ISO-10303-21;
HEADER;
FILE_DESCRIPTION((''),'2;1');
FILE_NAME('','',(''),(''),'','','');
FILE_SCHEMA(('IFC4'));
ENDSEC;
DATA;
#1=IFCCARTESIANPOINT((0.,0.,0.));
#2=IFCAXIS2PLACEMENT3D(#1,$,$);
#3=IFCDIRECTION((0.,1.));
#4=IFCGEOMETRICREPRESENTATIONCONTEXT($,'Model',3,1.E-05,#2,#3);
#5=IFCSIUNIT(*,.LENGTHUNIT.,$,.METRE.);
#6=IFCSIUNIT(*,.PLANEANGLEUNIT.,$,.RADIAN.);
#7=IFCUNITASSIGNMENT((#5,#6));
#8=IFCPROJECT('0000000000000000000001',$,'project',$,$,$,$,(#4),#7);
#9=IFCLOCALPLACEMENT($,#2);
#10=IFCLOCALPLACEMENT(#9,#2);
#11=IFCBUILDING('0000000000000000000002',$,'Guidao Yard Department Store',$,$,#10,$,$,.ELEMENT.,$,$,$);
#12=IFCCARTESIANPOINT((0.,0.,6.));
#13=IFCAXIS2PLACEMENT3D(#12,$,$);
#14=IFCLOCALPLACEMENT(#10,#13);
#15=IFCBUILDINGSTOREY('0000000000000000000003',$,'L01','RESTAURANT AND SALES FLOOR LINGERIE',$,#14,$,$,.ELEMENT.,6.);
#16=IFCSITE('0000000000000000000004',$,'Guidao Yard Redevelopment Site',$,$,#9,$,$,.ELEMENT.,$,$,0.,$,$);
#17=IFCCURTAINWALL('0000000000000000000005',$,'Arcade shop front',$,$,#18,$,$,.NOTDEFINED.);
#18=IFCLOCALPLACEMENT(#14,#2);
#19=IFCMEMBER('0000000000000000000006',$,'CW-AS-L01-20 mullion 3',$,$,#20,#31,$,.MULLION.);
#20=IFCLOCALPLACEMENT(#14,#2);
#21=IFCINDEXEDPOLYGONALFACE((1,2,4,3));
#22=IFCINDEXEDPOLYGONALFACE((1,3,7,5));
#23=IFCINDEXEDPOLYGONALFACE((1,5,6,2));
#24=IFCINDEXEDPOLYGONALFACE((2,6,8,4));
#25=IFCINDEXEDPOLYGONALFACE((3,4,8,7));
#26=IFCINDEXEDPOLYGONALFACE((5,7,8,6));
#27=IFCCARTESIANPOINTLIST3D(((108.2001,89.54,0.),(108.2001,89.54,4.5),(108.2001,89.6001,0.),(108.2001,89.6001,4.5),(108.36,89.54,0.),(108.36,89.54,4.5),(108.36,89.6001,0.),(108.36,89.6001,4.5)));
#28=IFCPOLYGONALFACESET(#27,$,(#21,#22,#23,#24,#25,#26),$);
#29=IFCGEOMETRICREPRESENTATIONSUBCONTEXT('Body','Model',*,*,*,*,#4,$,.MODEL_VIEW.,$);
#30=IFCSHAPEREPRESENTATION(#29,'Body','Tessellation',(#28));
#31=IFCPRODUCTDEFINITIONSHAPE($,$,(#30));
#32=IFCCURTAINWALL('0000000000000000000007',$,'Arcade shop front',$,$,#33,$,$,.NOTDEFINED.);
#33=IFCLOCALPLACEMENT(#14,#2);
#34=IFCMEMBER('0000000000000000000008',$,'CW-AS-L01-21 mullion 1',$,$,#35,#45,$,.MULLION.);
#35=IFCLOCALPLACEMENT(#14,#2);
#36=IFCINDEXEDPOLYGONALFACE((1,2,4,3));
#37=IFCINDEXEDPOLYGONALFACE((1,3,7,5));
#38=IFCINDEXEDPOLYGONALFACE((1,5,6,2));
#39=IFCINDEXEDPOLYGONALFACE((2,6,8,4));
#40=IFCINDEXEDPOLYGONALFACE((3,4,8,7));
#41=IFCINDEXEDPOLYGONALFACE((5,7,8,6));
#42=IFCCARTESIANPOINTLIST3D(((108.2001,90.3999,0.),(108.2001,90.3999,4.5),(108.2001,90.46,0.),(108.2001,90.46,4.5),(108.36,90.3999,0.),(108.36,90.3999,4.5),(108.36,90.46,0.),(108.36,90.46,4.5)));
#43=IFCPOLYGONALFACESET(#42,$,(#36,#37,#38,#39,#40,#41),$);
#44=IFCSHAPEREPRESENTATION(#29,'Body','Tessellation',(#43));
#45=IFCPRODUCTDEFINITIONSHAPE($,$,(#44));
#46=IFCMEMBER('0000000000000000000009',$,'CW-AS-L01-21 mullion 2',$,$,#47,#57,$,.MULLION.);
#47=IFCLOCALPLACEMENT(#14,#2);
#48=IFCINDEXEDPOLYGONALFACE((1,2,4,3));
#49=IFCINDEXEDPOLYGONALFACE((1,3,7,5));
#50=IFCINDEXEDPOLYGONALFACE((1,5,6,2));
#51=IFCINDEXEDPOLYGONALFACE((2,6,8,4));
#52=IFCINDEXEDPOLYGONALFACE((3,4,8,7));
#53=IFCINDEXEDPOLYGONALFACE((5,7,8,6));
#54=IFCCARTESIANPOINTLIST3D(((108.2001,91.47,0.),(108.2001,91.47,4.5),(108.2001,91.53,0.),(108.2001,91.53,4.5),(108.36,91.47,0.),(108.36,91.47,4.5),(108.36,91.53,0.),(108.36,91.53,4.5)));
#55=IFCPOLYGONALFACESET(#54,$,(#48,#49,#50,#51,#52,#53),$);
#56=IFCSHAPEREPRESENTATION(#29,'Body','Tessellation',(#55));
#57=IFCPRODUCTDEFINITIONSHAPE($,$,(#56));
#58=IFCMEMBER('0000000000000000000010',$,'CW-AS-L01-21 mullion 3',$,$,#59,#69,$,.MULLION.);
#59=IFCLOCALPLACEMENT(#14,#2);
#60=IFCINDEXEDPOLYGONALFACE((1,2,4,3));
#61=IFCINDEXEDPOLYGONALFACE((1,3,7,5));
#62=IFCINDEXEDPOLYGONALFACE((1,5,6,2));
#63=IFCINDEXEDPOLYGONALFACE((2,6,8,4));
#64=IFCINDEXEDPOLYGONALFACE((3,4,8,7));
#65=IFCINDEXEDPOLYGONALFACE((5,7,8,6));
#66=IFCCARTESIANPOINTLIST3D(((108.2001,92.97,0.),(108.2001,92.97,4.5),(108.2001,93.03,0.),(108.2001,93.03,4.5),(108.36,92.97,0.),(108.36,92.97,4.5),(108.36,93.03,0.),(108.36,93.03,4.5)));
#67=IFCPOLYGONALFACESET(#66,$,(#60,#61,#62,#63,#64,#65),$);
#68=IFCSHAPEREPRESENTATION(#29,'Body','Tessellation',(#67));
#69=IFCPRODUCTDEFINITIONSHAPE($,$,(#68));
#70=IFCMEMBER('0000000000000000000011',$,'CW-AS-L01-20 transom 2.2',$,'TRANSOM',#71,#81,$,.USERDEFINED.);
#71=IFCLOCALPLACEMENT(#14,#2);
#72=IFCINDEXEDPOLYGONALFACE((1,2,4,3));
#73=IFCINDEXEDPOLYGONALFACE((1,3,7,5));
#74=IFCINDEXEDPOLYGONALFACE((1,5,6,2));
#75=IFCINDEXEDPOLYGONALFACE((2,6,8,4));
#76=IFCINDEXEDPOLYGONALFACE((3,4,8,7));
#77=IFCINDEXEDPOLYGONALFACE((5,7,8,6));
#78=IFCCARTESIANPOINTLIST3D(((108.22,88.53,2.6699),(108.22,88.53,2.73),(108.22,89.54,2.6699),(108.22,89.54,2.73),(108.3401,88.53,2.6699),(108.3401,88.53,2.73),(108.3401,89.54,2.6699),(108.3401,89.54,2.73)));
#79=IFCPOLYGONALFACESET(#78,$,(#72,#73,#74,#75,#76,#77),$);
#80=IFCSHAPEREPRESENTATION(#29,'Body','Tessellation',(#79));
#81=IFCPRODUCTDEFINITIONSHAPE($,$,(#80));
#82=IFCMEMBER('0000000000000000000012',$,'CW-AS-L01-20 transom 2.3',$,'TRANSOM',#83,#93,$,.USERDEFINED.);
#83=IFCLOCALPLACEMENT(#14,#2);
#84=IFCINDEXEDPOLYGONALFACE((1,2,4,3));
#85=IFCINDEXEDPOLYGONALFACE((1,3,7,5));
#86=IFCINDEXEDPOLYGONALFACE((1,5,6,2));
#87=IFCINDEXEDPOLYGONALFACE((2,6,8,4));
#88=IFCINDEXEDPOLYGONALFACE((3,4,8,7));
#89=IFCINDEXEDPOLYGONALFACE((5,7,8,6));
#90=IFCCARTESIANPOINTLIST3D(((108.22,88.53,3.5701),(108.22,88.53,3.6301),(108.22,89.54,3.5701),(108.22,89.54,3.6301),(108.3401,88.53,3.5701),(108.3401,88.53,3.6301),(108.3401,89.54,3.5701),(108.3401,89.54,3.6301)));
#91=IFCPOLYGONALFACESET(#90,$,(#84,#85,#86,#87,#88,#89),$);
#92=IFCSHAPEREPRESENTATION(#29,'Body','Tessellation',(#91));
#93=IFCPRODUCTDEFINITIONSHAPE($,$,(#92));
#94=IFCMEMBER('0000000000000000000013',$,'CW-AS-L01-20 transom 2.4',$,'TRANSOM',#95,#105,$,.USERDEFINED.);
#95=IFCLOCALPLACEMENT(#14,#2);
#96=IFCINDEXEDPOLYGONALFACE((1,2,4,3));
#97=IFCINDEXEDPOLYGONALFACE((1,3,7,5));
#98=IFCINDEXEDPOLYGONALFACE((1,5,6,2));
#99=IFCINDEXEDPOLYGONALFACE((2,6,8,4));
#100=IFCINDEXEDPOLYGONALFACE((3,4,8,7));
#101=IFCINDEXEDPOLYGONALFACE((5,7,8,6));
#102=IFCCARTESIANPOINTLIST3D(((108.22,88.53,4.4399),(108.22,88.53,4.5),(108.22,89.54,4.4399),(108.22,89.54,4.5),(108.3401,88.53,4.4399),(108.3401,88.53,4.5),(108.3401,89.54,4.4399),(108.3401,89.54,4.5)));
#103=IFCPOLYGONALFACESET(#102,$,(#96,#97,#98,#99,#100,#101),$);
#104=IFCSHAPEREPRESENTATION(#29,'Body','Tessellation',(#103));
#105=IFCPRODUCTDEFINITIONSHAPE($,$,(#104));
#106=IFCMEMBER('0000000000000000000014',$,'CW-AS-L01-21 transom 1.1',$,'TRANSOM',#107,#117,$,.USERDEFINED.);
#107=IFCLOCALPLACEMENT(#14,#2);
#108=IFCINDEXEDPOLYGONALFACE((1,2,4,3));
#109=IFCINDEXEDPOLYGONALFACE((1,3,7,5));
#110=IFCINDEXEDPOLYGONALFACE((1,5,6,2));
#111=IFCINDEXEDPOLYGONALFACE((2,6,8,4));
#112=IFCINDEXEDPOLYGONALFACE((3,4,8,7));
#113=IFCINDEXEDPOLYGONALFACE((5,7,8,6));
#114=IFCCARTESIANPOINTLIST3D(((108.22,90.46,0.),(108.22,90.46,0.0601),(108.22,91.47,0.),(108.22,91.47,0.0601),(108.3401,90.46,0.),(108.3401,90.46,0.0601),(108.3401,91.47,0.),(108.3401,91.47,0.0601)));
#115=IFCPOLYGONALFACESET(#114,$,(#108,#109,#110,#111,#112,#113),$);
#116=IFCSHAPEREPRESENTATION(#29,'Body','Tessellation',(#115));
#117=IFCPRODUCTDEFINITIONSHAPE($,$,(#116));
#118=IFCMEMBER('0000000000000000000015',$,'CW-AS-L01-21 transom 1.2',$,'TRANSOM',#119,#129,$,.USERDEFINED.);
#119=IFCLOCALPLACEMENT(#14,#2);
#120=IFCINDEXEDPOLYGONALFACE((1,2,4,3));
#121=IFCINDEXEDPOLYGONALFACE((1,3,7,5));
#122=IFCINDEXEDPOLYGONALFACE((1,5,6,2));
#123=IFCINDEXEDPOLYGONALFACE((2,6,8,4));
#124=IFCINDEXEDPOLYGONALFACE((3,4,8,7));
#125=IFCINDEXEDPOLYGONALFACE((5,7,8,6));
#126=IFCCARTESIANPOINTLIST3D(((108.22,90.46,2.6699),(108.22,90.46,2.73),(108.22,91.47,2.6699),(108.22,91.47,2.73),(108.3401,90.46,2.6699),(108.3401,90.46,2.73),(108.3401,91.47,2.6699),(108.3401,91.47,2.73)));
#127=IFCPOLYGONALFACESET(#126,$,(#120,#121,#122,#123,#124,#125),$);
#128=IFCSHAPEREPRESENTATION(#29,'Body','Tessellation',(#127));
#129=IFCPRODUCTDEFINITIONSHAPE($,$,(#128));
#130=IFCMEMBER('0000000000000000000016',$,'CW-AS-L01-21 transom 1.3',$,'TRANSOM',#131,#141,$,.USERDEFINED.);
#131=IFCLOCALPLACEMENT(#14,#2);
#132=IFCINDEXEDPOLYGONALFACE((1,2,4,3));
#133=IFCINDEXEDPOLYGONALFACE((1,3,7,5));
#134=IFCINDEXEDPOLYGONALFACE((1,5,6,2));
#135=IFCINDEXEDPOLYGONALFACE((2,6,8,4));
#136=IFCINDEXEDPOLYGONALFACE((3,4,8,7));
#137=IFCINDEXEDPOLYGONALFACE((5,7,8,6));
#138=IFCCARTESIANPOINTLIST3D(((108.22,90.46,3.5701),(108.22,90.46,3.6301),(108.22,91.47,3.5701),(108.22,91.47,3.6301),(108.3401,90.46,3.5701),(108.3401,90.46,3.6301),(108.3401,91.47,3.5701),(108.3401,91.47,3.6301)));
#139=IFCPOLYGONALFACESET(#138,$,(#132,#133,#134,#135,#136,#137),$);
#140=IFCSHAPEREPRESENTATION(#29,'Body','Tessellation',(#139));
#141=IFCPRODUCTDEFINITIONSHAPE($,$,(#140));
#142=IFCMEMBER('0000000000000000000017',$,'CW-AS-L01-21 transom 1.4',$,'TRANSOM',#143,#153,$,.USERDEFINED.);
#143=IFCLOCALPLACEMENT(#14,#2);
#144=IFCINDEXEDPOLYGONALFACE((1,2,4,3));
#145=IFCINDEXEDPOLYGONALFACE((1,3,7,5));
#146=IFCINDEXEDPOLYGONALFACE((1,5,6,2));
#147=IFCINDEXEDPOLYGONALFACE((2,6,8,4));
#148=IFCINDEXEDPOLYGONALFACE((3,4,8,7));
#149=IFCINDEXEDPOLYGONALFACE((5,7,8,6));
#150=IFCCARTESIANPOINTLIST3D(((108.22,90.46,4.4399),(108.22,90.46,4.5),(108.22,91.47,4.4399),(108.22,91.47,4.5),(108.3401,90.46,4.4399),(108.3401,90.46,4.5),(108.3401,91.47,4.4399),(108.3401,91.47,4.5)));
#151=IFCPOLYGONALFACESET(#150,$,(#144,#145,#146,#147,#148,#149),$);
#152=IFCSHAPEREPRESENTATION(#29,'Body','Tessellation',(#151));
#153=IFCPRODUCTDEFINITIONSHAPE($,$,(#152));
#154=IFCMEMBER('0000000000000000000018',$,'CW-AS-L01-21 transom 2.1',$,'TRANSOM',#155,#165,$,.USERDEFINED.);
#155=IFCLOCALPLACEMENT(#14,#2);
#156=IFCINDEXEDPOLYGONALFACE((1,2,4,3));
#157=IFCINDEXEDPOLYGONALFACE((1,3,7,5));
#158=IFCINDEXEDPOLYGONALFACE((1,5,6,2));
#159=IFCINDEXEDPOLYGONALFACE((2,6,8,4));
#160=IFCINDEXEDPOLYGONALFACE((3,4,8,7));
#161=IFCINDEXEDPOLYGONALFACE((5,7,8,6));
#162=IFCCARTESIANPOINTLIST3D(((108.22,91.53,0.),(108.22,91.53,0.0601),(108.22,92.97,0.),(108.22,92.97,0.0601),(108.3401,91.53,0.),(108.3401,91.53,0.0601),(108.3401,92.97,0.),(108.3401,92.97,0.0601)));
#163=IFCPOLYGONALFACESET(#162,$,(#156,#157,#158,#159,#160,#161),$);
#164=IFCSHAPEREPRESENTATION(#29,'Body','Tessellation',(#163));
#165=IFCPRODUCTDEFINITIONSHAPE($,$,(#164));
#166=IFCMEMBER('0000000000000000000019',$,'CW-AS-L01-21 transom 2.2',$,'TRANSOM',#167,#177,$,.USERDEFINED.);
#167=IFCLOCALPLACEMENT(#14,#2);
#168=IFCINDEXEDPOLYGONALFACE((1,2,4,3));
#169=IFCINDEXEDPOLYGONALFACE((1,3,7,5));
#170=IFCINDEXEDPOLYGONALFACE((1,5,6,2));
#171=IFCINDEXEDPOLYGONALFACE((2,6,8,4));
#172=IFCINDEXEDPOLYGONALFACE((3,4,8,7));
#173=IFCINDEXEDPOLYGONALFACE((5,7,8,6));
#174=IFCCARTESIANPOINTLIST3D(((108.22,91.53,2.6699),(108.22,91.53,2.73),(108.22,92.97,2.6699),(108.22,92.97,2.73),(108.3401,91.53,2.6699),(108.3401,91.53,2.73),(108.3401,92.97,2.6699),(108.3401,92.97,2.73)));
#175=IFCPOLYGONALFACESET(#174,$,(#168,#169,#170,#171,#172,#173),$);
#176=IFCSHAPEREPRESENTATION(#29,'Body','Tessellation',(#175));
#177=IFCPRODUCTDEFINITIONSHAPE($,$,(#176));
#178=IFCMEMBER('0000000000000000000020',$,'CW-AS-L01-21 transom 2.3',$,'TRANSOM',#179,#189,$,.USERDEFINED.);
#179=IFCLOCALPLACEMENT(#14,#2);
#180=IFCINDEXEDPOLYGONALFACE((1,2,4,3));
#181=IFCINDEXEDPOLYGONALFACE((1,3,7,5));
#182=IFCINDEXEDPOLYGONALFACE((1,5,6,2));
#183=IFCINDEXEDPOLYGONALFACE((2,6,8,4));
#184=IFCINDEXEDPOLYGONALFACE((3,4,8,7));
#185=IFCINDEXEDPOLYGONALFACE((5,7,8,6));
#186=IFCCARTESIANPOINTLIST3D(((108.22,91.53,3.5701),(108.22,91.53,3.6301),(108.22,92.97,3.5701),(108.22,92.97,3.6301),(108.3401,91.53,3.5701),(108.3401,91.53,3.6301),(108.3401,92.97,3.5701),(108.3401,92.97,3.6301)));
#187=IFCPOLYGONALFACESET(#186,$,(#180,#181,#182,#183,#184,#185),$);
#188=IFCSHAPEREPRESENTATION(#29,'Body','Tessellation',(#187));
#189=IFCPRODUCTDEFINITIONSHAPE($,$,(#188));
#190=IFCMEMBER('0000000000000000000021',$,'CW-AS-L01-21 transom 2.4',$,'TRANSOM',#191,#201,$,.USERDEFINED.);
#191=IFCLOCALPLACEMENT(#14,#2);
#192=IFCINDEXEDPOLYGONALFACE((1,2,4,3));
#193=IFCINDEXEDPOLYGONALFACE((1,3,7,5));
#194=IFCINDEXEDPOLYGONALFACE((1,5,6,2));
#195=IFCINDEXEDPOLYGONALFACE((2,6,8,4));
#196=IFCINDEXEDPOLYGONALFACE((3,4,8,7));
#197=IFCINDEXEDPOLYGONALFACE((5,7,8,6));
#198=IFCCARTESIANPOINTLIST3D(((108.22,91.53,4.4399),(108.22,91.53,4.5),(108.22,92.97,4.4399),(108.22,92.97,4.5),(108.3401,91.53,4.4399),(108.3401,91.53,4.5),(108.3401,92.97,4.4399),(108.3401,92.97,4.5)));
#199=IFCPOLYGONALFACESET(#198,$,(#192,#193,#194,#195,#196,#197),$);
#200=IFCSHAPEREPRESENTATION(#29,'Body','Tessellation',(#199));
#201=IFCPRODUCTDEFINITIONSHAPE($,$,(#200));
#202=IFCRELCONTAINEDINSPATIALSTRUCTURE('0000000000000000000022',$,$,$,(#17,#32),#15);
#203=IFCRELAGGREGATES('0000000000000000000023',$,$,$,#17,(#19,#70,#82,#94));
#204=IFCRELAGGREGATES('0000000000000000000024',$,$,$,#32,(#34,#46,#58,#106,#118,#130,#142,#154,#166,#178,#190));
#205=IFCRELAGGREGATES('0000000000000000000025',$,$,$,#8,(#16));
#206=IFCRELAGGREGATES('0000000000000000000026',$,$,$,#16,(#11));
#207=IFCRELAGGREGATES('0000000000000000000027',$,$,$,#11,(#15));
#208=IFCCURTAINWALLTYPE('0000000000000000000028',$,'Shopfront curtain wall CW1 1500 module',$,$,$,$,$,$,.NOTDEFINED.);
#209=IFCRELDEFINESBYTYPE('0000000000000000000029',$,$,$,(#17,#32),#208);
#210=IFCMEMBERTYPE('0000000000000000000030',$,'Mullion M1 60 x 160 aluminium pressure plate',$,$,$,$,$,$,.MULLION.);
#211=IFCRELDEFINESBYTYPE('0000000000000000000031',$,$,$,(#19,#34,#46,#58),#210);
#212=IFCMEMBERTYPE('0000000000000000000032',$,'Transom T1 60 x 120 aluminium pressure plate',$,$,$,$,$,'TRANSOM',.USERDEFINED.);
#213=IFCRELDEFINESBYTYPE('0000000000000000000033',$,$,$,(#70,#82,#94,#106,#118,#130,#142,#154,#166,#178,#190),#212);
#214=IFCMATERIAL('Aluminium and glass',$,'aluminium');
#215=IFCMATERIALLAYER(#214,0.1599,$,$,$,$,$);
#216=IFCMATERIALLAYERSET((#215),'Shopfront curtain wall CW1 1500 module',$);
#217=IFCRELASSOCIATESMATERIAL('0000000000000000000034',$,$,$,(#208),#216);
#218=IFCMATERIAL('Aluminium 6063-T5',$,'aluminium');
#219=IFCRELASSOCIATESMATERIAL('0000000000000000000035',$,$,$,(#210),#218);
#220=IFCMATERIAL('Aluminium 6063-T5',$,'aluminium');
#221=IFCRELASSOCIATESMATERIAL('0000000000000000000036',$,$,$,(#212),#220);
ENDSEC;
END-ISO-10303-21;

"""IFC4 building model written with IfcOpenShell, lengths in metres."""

from ifc_helpers import new_model, si_unit, direction, frame, origin, origin_2d, place, context, subcontext, project, spatial, rectangle, extrude, material, layer, layer_set, material_profile, profile_set, type_object, element, aggregate, save


model = new_model("IFC4")

# Units and contexts
model_context = context("Model", 3, precision=1e-05, world=origin(), true_north=direction((0.0, 1.0)))
body_context = subcontext(model_context, "Body", "Model", "MODEL_VIEW")
ifc_project = project(units=[si_unit("LENGTHUNIT", "METRE"), si_unit("PLANEANGLEUNIT", "RADIAN")], contexts=[model_context])

# Site, building, storey
site_placement = place(None, origin())
site = spatial("IfcSite", under=ifc_project, at=site_placement, Name="Guidao Yard Redevelopment Site", CompositionType="ELEMENT", RefElevation=0.0)
building_placement = place(site_placement, origin())
building = spatial("IfcBuilding", under=site, at=building_placement, Name="Guidao Yard Department Store", CompositionType="ELEMENT")
storey_placement = place(building_placement, frame((0.0, 0.0, 6.0)))
storey = spatial("IfcBuildingStorey", under=building, at=storey_placement, Name="L01", Description="RESTAURANT AND SALES FLOOR LINGERIE", CompositionType="ELEMENT", Elevation=6.0)

# Curtain wall, member
ifc_material_1 = material(Name="Aluminium and glass", Category="aluminium")
ifc_layer_1 = layer(ifc_material_1, 0.1599)
ifc_layer_set_1 = layer_set([ifc_layer_1], Name="Shopfront curtain wall CW1 1500 module")
curtain_wall_type = type_object("IfcCurtainWallType", Name="Shopfront curtain wall CW1 1500 module", PredefinedType="NOTDEFINED", material=ifc_layer_set_1)
curtain_wall_1_placement = place(storey_placement, origin())
curtain_wall_1 = element("IfcCurtainWall", 1, at=curtain_wall_1_placement, inside=storey, type_object=curtain_wall_type, Name="Arcade shop front", PredefinedType="NOTDEFINED")
ifc_material_2 = material(Name="Aluminium 6063-T5", Category="aluminium")
ifc_material_profile_1 = material_profile(ifc_material_2, rectangle(XDim=0.0601, YDim=0.1599, at=origin_2d()), Name="Mullion M1 60 x 160 aluminium pressure plate")
ifc_profile_set_1 = profile_set([ifc_material_profile_1], Name="Aluminium 6063-T5")
member_type_1 = type_object("IfcMemberType", Name="Mullion M1 60 x 160 aluminium pressure plate", PredefinedType="MULLION", material=ifc_profile_set_1)
member_1_placement = place(storey_placement, frame((108.28, 89.5701, 0.0), z_axis=(0.0, 0.0, 1.0), x_axis=(0.0, -1.0, 0.0)))
member_1 = element("IfcMember", 2, at=member_1_placement, type_object=member_type_1, Name="CW-AS-L01-20 mullion 3", PredefinedType="MULLION", context=body_context, shape_type="SweptSolid", body=[
    extrude(rectangle(XDim=0.0601, YDim=0.1599, at=origin_2d()), origin(), (0.0, 0.0, 1.0), 4.5),
])

# Curtain wall, members
curtain_wall_2_placement = place(storey_placement, origin())
curtain_wall_2 = element("IfcCurtainWall", 3, at=curtain_wall_2_placement, inside=storey, type_object=curtain_wall_type, Name="Arcade shop front", PredefinedType="NOTDEFINED")
member_2_placement = place(storey_placement, frame((108.28, 90.4299, 0.0), z_axis=(0.0, 0.0, 1.0), x_axis=(0.0, -1.0, 0.0)))
member_2 = element("IfcMember", 4, at=member_2_placement, type_object=member_type_1, Name="CW-AS-L01-21 mullion 1", PredefinedType="MULLION", context=body_context, shape_type="SweptSolid", body=[
    extrude(rectangle(XDim=0.0601, YDim=0.1599, at=origin_2d()), origin(), (0.0, 0.0, 1.0), 4.5),
])
member_3_placement = place(storey_placement, frame((108.28, 91.5, 0.0), z_axis=(0.0, 0.0, 1.0), x_axis=(0.0, -1.0, 0.0)))
member_3 = element("IfcMember", 5, at=member_3_placement, type_object=member_type_1, Name="CW-AS-L01-21 mullion 2", PredefinedType="MULLION", context=body_context, shape_type="SweptSolid", body=[
    extrude(rectangle(XDim=0.0601, YDim=0.1599, at=origin_2d()), origin(), (0.0, 0.0, 1.0), 4.5),
])
member_4_placement = place(storey_placement, frame((108.28, 93.0, 0.0), z_axis=(0.0, 0.0, 1.0), x_axis=(0.0, -1.0, 0.0)))
member_4 = element("IfcMember", 6, at=member_4_placement, type_object=member_type_1, Name="CW-AS-L01-21 mullion 3", PredefinedType="MULLION", context=body_context, shape_type="SweptSolid", body=[
    extrude(rectangle(XDim=0.0601, YDim=0.1599, at=origin_2d()), origin(), (0.0, 0.0, 1.0), 4.5),
])

# Members
ifc_material_3 = material(Name="Aluminium 6063-T5", Category="aluminium")
ifc_material_profile_2 = material_profile(ifc_material_3, rectangle(XDim=0.1201, YDim=0.0601, at=origin_2d()), Name="Transom T1 60 x 120 aluminium pressure plate")
ifc_profile_set_2 = profile_set([ifc_material_profile_2], Name="Aluminium 6063-T5")
member_type_2 = type_object("IfcMemberType", Name="Transom T1 60 x 120 aluminium pressure plate", ElementType="TRANSOM", PredefinedType="USERDEFINED", material=ifc_profile_set_2)
member_5_placement = place(storey_placement, frame((108.28, 89.54, 2.7), z_axis=(0.0, -1.0, 0.0), x_axis=(1.0, 0.0, 0.0)))
member_5 = element("IfcMember", 7, at=member_5_placement, type_object=member_type_2, Name="CW-AS-L01-20 transom 2.2", ObjectType="TRANSOM", PredefinedType="USERDEFINED", context=body_context, shape_type="SweptSolid", body=[
    extrude(rectangle(XDim=0.1201, YDim=0.0601, at=origin_2d()), origin(), (0.0, 0.0, 1.0), 1.01),
])
member_6_placement = place(storey_placement, frame((108.28, 89.54, 3.6001), z_axis=(0.0, -1.0, 0.0), x_axis=(1.0, 0.0, 0.0)))
member_6 = element("IfcMember", 8, at=member_6_placement, type_object=member_type_2, Name="CW-AS-L01-20 transom 2.3", ObjectType="TRANSOM", PredefinedType="USERDEFINED", context=body_context, shape_type="SweptSolid", body=[
    extrude(rectangle(XDim=0.1201, YDim=0.0601, at=origin_2d()), origin(), (0.0, 0.0, 1.0), 1.01),
])
member_7_placement = place(storey_placement, frame((108.28, 89.54, 4.47), z_axis=(0.0, -1.0, 0.0), x_axis=(1.0, 0.0, 0.0)))
member_7 = element("IfcMember", 9, at=member_7_placement, type_object=member_type_2, Name="CW-AS-L01-20 transom 2.4", ObjectType="TRANSOM", PredefinedType="USERDEFINED", context=body_context, shape_type="SweptSolid", body=[
    extrude(rectangle(XDim=0.1201, YDim=0.0601, at=origin_2d()), origin(), (0.0, 0.0, 1.0), 1.01),
])
aggregate(curtain_wall_1, [member_1, member_5, member_6, member_7])
member_8_placement = place(storey_placement, frame((108.28, 91.47, 0.03), z_axis=(0.0, -1.0, 0.0), x_axis=(1.0, 0.0, 0.0)))
member_8 = element("IfcMember", 10, at=member_8_placement, type_object=member_type_2, Name="CW-AS-L01-21 transom 1.1", ObjectType="TRANSOM", PredefinedType="USERDEFINED", context=body_context, shape_type="SweptSolid", body=[
    extrude(rectangle(XDim=0.1201, YDim=0.0601, at=origin_2d()), origin(), (0.0, 0.0, 1.0), 1.01),
])
member_9_placement = place(storey_placement, frame((108.28, 91.47, 2.7), z_axis=(0.0, -1.0, 0.0), x_axis=(1.0, 0.0, 0.0)))
member_9 = element("IfcMember", 11, at=member_9_placement, type_object=member_type_2, Name="CW-AS-L01-21 transom 1.2", ObjectType="TRANSOM", PredefinedType="USERDEFINED", context=body_context, shape_type="SweptSolid", body=[
    extrude(rectangle(XDim=0.1201, YDim=0.0601, at=origin_2d()), origin(), (0.0, 0.0, 1.0), 1.01),
])
member_10_placement = place(storey_placement, frame((108.28, 91.47, 3.6001), z_axis=(0.0, -1.0, 0.0), x_axis=(1.0, 0.0, 0.0)))
member_10 = element("IfcMember", 12, at=member_10_placement, type_object=member_type_2, Name="CW-AS-L01-21 transom 1.3", ObjectType="TRANSOM", PredefinedType="USERDEFINED", context=body_context, shape_type="SweptSolid", body=[
    extrude(rectangle(XDim=0.1201, YDim=0.0601, at=origin_2d()), origin(), (0.0, 0.0, 1.0), 1.01),
])
member_11_placement = place(storey_placement, frame((108.28, 91.47, 4.47), z_axis=(0.0, -1.0, 0.0), x_axis=(1.0, 0.0, 0.0)))
member_11 = element("IfcMember", 13, at=member_11_placement, type_object=member_type_2, Name="CW-AS-L01-21 transom 1.4", ObjectType="TRANSOM", PredefinedType="USERDEFINED", context=body_context, shape_type="SweptSolid", body=[
    extrude(rectangle(XDim=0.1201, YDim=0.0601, at=origin_2d()), origin(), (0.0, 0.0, 1.0), 1.01),
])
member_12_placement = place(storey_placement, frame((108.28, 92.97, 0.03), z_axis=(0.0, -1.0, 0.0), x_axis=(1.0, 0.0, 0.0)))
member_12 = element("IfcMember", 14, at=member_12_placement, type_object=member_type_2, Name="CW-AS-L01-21 transom 2.1", ObjectType="TRANSOM", PredefinedType="USERDEFINED", context=body_context, shape_type="SweptSolid", body=[
    extrude(rectangle(XDim=0.1201, YDim=0.0601, at=origin_2d()), origin(), (0.0, 0.0, 1.0), 1.4399),
])
member_13_placement = place(storey_placement, frame((108.28, 92.97, 2.7), z_axis=(0.0, -1.0, 0.0), x_axis=(1.0, 0.0, 0.0)))
member_13 = element("IfcMember", 15, at=member_13_placement, type_object=member_type_2, Name="CW-AS-L01-21 transom 2.2", ObjectType="TRANSOM", PredefinedType="USERDEFINED", context=body_context, shape_type="SweptSolid", body=[
    extrude(rectangle(XDim=0.1201, YDim=0.0601, at=origin_2d()), origin(), (0.0, 0.0, 1.0), 1.4399),
])
member_14_placement = place(storey_placement, frame((108.28, 92.97, 3.6001), z_axis=(0.0, -1.0, 0.0), x_axis=(1.0, 0.0, 0.0)))
member_14 = element("IfcMember", 16, at=member_14_placement, type_object=member_type_2, Name="CW-AS-L01-21 transom 2.3", ObjectType="TRANSOM", PredefinedType="USERDEFINED", context=body_context, shape_type="SweptSolid", body=[
    extrude(rectangle(XDim=0.1201, YDim=0.0601, at=origin_2d()), origin(), (0.0, 0.0, 1.0), 1.4399),
])
member_15_placement = place(storey_placement, frame((108.28, 92.97, 4.47), z_axis=(0.0, -1.0, 0.0), x_axis=(1.0, 0.0, 0.0)))
member_15 = element("IfcMember", 17, at=member_15_placement, type_object=member_type_2, Name="CW-AS-L01-21 transom 2.4", ObjectType="TRANSOM", PredefinedType="USERDEFINED", context=body_context, shape_type="SweptSolid", body=[
    extrude(rectangle(XDim=0.1201, YDim=0.0601, at=origin_2d()), origin(), (0.0, 0.0, 1.0), 1.4399),
])

aggregate(curtain_wall_2, [member_2, member_3, member_4, member_8, member_9, member_10, member_11, member_12, member_13, member_14, member_15])

save(model, "model.ifc")
